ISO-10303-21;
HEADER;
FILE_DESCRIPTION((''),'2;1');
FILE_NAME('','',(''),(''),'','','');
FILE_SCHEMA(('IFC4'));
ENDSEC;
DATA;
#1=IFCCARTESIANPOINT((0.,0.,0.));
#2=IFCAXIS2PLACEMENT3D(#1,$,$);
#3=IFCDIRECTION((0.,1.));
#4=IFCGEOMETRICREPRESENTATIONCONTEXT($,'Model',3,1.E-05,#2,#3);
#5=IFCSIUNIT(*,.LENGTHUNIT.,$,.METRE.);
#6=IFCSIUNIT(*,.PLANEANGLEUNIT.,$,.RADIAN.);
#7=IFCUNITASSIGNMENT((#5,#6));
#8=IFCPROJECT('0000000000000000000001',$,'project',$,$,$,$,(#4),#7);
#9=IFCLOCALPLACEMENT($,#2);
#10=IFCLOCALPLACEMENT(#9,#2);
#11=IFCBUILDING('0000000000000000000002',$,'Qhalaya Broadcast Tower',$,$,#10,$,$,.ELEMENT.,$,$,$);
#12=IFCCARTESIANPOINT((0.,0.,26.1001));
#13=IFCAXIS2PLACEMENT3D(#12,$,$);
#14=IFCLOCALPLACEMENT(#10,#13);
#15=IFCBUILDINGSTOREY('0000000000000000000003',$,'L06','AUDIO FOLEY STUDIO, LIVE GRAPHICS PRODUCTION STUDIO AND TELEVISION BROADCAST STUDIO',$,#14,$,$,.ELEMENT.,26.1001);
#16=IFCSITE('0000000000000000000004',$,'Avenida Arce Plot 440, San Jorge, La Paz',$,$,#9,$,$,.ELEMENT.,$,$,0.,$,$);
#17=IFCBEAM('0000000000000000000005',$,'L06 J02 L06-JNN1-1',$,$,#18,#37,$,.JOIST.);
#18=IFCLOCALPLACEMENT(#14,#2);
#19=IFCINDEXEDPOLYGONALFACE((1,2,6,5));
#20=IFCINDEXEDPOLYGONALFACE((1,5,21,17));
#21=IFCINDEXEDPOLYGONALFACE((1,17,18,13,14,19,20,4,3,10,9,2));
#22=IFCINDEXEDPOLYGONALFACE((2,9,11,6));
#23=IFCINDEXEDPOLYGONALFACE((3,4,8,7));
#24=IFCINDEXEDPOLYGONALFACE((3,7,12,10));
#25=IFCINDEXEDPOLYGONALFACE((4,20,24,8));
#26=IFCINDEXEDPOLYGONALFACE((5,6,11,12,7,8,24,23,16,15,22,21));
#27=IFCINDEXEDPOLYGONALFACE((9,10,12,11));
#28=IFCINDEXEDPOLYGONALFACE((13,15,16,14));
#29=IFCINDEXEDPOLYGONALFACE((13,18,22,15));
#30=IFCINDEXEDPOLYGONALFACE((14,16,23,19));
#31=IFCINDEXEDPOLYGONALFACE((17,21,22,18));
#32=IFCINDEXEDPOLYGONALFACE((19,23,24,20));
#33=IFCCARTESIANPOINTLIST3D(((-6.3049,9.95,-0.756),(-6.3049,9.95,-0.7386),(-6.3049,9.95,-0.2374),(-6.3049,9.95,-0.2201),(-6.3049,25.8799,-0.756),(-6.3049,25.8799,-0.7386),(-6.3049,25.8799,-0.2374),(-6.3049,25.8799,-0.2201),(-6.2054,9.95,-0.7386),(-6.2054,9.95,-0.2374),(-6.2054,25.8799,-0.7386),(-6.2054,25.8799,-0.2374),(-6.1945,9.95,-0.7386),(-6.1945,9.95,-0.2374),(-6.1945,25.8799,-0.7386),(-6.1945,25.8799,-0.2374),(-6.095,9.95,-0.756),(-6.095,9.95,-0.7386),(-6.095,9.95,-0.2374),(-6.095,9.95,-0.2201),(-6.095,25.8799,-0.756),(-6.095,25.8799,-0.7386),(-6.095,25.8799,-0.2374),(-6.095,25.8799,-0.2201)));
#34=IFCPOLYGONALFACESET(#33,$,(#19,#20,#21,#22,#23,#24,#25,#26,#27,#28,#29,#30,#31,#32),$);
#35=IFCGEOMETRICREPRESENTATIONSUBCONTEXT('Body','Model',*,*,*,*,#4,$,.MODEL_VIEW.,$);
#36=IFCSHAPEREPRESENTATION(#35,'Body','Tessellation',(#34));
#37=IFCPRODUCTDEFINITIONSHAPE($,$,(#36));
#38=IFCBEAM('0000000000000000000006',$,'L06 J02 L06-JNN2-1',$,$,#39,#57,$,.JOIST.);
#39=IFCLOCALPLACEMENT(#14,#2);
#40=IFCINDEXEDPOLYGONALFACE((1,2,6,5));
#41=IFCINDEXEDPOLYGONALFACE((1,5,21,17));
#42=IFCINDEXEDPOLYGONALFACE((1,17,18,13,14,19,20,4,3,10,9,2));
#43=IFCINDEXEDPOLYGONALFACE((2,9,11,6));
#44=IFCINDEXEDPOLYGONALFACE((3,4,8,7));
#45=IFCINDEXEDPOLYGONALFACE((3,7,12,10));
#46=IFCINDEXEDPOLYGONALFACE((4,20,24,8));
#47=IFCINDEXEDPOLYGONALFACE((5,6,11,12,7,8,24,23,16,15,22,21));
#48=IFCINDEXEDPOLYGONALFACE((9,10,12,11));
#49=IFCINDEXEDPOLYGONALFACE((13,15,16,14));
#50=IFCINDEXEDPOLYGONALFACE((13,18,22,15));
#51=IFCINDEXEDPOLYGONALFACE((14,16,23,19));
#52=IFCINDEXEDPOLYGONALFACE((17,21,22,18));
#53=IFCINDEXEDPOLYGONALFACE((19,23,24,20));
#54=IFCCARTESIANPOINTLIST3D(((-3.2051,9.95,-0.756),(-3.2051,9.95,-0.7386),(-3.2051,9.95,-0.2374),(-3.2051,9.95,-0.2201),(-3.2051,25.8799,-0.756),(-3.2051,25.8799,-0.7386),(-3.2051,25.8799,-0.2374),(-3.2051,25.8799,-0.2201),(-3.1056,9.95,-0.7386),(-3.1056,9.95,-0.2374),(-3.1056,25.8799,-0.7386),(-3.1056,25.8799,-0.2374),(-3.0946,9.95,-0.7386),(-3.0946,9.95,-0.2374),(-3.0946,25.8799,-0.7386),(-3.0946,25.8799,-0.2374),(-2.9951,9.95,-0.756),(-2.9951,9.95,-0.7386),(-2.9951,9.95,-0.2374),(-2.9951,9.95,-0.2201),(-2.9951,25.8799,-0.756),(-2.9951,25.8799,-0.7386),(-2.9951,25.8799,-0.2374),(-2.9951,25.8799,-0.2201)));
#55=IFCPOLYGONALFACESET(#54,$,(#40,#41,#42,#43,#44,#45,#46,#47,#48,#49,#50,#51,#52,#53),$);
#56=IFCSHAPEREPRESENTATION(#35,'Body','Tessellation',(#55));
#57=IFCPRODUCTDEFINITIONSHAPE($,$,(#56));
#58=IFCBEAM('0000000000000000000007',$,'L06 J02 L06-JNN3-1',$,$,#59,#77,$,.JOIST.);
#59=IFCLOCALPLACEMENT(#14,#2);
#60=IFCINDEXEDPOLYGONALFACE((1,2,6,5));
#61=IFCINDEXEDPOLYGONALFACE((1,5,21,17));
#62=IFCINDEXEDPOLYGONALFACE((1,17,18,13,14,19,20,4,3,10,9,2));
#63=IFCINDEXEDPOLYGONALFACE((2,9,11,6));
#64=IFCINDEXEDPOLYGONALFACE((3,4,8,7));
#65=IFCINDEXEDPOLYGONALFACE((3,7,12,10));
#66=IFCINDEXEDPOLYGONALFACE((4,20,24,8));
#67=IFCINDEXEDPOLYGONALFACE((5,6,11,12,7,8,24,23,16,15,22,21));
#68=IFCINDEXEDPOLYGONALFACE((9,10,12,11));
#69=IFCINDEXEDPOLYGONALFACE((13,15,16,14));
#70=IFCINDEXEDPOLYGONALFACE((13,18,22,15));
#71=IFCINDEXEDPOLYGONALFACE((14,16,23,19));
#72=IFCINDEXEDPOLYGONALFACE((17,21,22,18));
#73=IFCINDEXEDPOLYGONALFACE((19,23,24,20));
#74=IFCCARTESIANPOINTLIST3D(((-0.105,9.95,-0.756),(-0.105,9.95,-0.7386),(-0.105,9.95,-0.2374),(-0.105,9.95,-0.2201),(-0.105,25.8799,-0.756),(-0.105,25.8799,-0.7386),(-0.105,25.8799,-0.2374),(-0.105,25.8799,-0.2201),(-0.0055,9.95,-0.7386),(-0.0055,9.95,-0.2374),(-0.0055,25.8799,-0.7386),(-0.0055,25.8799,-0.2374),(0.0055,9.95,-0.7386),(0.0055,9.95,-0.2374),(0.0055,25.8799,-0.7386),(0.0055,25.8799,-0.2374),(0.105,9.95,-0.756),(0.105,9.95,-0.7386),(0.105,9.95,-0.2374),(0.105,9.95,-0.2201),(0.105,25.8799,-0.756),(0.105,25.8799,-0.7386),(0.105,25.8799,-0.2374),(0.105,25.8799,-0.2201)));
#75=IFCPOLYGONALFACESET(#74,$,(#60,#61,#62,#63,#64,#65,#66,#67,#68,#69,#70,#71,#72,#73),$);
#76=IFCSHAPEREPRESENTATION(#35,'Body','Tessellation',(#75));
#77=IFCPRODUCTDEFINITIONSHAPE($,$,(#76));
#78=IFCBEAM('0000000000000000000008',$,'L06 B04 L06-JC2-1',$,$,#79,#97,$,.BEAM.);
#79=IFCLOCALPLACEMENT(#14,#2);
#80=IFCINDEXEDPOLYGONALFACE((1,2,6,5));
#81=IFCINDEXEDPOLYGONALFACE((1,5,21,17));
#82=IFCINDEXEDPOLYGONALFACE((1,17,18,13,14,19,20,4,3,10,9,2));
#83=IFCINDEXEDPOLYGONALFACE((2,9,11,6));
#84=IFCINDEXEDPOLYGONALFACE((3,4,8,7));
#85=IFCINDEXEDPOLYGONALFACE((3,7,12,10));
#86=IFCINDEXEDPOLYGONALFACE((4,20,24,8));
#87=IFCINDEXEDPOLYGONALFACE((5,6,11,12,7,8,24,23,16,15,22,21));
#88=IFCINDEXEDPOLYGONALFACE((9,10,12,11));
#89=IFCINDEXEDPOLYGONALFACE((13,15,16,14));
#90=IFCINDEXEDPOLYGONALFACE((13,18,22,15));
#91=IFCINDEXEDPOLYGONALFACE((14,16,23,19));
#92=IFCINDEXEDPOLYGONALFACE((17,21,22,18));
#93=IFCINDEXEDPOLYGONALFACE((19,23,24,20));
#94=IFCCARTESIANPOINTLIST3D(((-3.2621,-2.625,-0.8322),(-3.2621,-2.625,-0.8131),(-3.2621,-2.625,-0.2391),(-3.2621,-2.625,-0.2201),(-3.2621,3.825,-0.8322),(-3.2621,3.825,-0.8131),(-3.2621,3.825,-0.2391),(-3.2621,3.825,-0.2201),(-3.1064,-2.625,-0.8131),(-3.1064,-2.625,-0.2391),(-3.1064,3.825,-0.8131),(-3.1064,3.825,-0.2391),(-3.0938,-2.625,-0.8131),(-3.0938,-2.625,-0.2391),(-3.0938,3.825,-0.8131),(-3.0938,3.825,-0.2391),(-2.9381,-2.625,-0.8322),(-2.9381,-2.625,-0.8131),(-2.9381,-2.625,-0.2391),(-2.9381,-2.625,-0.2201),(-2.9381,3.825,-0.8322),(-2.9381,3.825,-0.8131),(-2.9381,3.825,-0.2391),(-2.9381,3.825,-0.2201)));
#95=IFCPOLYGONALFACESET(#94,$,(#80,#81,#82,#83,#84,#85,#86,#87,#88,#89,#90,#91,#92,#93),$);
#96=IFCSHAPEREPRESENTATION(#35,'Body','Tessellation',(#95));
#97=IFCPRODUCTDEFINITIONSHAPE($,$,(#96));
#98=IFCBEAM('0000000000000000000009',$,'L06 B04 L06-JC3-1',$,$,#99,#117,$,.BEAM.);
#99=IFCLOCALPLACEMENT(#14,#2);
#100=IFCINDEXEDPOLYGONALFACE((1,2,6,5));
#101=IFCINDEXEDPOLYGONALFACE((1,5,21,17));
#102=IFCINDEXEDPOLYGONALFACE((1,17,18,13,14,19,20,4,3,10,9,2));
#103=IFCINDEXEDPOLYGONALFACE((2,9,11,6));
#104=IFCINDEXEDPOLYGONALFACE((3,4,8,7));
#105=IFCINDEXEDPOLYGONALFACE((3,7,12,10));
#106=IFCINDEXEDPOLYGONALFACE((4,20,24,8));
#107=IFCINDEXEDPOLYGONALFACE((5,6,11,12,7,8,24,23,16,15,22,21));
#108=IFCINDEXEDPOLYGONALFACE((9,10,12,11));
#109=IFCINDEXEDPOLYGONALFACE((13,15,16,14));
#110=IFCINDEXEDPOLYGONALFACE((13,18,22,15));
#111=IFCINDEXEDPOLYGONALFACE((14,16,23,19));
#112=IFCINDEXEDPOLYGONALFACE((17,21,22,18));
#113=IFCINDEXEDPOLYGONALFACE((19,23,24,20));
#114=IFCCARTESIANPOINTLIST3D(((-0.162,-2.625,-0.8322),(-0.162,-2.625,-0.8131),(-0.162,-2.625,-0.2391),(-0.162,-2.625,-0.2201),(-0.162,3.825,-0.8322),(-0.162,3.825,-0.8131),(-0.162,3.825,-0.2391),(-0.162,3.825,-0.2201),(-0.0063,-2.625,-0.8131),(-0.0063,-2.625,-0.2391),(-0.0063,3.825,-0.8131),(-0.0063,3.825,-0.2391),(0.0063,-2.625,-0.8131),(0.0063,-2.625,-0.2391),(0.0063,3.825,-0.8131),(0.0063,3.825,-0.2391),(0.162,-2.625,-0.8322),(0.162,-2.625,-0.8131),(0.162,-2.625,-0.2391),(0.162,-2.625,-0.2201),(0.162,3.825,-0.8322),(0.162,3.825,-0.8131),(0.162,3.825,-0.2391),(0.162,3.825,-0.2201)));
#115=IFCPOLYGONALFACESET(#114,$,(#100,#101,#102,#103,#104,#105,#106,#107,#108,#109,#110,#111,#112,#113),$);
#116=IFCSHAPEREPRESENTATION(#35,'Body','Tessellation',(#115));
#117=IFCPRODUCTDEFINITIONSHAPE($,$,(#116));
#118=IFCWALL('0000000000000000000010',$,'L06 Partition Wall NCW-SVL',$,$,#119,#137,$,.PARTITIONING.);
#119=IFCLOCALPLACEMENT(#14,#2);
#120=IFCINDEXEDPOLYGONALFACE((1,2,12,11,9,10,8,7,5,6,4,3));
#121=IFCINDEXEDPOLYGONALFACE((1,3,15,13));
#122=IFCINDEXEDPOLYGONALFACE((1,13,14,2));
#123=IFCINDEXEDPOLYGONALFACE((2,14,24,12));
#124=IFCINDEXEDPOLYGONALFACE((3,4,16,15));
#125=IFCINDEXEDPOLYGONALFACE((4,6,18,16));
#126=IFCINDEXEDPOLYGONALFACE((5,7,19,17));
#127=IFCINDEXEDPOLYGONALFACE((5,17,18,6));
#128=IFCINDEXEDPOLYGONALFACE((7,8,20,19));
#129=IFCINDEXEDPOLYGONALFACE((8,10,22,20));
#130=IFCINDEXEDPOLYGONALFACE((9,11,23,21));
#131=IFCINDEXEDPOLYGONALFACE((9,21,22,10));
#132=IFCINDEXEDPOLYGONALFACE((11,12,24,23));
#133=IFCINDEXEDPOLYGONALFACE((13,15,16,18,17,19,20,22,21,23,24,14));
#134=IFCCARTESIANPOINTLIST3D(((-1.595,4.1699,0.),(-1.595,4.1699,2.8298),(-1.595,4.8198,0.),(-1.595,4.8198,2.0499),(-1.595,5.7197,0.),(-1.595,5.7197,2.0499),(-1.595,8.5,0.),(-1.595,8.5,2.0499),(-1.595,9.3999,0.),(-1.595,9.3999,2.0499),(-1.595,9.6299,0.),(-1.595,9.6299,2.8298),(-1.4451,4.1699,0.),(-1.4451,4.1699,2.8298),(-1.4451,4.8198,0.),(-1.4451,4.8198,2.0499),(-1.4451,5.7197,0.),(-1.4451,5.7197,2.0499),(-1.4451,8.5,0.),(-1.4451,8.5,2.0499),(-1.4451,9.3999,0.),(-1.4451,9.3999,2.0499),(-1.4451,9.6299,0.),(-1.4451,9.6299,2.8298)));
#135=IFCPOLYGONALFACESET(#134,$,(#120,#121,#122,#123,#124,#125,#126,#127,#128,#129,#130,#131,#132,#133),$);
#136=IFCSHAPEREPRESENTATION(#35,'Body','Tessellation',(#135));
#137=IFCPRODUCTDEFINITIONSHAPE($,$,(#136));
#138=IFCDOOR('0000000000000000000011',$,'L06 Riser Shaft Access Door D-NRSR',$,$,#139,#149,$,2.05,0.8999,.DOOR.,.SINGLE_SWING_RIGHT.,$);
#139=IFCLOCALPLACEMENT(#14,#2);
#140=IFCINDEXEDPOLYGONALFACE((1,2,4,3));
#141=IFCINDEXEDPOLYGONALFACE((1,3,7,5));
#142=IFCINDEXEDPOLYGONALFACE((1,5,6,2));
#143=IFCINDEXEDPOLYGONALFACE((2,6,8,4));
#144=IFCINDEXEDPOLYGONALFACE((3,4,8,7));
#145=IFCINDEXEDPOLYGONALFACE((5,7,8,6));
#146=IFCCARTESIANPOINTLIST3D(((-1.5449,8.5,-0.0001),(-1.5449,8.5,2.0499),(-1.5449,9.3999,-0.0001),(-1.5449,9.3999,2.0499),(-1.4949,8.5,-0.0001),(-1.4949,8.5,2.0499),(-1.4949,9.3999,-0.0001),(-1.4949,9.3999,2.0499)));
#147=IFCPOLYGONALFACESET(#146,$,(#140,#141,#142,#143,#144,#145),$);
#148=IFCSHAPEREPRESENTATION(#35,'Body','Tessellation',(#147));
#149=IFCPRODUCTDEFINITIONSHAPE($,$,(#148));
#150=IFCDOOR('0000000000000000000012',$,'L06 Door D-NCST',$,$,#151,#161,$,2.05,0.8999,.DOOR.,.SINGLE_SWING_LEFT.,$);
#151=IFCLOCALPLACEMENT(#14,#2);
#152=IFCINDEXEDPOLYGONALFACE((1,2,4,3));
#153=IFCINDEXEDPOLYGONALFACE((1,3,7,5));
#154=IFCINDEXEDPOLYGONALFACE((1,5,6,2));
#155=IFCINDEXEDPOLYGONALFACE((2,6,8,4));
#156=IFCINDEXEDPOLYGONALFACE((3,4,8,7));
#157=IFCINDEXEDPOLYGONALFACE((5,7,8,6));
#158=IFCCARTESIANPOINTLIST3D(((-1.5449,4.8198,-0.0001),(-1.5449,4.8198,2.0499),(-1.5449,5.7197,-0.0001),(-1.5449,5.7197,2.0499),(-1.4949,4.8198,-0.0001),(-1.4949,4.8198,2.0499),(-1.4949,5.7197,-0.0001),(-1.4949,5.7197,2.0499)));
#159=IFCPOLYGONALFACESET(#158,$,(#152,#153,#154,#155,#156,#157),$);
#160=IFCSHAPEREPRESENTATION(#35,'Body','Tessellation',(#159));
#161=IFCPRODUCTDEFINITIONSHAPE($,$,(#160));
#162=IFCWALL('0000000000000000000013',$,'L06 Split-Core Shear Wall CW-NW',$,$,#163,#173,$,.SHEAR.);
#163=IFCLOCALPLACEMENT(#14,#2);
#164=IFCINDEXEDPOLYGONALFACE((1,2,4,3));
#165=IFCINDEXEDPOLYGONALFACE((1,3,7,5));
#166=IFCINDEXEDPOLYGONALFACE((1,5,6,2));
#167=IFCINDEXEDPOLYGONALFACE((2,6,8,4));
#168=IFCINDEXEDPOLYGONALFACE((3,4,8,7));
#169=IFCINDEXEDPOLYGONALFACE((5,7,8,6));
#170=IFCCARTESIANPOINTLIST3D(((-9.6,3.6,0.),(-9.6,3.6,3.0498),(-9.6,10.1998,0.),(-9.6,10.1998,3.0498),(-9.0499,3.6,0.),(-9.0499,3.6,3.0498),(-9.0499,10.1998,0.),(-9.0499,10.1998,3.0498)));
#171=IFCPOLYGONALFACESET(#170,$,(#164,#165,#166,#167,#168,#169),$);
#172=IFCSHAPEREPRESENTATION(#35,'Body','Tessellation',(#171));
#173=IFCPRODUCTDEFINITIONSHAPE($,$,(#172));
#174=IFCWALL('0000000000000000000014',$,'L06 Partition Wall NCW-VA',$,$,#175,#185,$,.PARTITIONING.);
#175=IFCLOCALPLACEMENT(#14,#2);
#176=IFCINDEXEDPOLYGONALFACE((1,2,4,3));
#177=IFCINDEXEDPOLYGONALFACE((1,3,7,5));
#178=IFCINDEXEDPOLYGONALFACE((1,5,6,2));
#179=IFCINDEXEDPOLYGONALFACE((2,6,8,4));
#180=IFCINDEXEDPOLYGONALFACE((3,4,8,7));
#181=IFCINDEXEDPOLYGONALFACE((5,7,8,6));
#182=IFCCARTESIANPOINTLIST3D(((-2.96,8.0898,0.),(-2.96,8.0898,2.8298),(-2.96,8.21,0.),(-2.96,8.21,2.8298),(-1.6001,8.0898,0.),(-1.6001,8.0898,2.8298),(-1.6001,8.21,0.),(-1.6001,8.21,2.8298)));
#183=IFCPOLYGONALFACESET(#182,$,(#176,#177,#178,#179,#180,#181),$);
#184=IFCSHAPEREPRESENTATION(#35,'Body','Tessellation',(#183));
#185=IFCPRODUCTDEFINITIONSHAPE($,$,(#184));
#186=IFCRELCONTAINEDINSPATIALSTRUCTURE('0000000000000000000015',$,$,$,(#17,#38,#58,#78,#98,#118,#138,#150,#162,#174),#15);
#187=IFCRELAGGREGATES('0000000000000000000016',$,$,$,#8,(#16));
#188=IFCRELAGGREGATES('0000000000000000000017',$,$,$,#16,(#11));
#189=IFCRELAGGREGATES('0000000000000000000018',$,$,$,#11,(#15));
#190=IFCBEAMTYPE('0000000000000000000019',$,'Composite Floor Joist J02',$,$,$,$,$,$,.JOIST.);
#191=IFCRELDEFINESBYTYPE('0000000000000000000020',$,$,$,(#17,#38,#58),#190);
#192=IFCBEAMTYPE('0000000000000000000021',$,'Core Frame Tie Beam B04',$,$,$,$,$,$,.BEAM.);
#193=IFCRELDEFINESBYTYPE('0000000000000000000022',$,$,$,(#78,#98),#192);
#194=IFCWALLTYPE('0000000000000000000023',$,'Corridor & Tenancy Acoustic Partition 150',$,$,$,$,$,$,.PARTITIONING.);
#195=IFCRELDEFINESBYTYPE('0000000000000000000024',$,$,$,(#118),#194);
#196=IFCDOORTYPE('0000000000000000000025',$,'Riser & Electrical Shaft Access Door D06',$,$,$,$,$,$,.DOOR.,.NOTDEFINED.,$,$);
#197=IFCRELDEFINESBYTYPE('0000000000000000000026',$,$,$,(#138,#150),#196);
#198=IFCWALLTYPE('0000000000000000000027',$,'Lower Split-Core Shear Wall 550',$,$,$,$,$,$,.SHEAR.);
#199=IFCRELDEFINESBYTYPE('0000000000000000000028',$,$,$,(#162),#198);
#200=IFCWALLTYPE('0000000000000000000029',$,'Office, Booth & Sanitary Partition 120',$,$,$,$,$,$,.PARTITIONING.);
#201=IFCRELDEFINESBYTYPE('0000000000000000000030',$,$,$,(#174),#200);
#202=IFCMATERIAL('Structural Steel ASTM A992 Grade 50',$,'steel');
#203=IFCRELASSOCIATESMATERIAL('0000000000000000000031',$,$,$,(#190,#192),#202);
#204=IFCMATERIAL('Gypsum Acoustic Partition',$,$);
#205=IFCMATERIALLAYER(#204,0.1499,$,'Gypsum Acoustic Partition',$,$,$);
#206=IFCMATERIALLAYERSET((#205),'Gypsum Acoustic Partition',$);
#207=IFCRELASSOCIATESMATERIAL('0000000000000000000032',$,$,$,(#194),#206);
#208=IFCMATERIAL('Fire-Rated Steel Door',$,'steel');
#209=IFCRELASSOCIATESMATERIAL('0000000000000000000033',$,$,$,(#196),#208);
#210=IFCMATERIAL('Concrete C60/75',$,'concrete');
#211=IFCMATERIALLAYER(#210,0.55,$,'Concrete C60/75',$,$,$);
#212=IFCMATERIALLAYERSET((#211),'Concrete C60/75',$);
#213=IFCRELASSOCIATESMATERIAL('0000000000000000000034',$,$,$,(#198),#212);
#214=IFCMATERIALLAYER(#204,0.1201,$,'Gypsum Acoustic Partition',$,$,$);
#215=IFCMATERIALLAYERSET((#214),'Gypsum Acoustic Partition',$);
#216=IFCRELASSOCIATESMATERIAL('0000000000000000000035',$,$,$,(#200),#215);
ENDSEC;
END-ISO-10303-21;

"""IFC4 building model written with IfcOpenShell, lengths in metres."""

from ifc_helpers import new_model, si_unit, direction, frame, frame_2d, origin, origin_2d, place, context, subcontext, project, spatial, rectangle, i_section, extrude, material, layer, layer_set, material_profile, profile_set, type_object, element, fill, save


model = new_model("IFC4")

# Units and contexts
model_context = context("Model", 3, precision=1e-05, world=origin(), true_north=direction((0.0, 1.0)))
body_context = subcontext(model_context, "Body", "Model", "MODEL_VIEW")
ifc_project = project(units=[si_unit("LENGTHUNIT", "METRE"), si_unit("PLANEANGLEUNIT", "RADIAN")], contexts=[model_context])

# Site, building, storey
site_placement = place(None, origin())
site = spatial("IfcSite", under=ifc_project, at=site_placement, Name="Avenida Arce Plot 440, San Jorge, La Paz", CompositionType="ELEMENT", RefElevation=0.0)
building_placement = place(site_placement, origin())
building = spatial("IfcBuilding", under=site, at=building_placement, Name="Qhalaya Broadcast Tower", CompositionType="ELEMENT")
storey_placement = place(building_placement, frame((0.0, 0.0, 26.1001)))
storey = spatial("IfcBuildingStorey", under=building, at=storey_placement, Name="L06", Description="AUDIO FOLEY STUDIO, LIVE GRAPHICS PRODUCTION STUDIO AND TELEVISION BROADCAST STUDIO", CompositionType="ELEMENT", Elevation=26.1001)

# Beams
ifc_material_1 = material(Name="Structural Steel ASTM A992 Grade 50", Category="steel")
ifc_material_profile_1 = material_profile(ifc_material_1, i_section(OverallWidth=0.21, OverallDepth=0.5359, WebThickness=0.011, FlangeThickness=0.0173, at=origin_2d()), Name="W21X68")
ifc_profile_set_1 = profile_set([ifc_material_profile_1], Name="Structural Steel ASTM A992 Grade 50")
beam_type_1 = type_object("IfcBeamType", Name="Composite Floor Joist J02", PredefinedType="JOIST", material=ifc_profile_set_1)
for number, where, z_axis, x_axis, name in (
    (1, (-6.2, 9.95, -0.488), (0.0, 1.0, 0.0), (-1.0, 0.0, 0.0), "L06 J02 L06-JNN1-1"),
    (2, (-3.1001, 9.95, -0.488), (0.0, 1.0, 0.0), (-1.0, 0.0, 0.0), "L06 J02 L06-JNN2-1"),
    (3, (0.0, 9.95, -0.488), (0.0, 1.0, 0.0), (-1.0, 0.0, 0.0), "L06 J02 L06-JNN3-1"),
):
    element("IfcBeam", number, at=place(storey_placement, frame(where, z_axis=z_axis, x_axis=x_axis)), inside=storey, type_object=beam_type_1, Name=name, PredefinedType="JOIST", context=body_context, shape_type="SweptSolid", body=[
        extrude(i_section(OverallWidth=0.21, OverallDepth=0.5359, WebThickness=0.011, FlangeThickness=0.0173, at=origin_2d()), origin(), (0.0, 0.0, 1.0), 15.9299),
    ])
ifc_material_profile_2 = material_profile(ifc_material_1, i_section(OverallWidth=0.324, OverallDepth=0.6121, WebThickness=0.0127, FlangeThickness=0.019, at=origin_2d()), Name="W24X104")
ifc_profile_set_2 = profile_set([ifc_material_profile_2], Name="Structural Steel ASTM A992 Grade 50")
beam_type_2 = type_object("IfcBeamType", Name="Core Frame Tie Beam B04", PredefinedType="BEAM", material=ifc_profile_set_2)
for number, where, z_axis, x_axis, name in (
    (4, (-3.1001, -2.625, -0.5261), (0.0, 1.0, 0.0), (-1.0, 0.0, 0.0), "L06 B04 L06-JC2-1"),
    (5, (0.0, -2.625, -0.5261), (0.0, 1.0, 0.0), (-1.0, 0.0, 0.0), "L06 B04 L06-JC3-1"),
):
    element("IfcBeam", number, at=place(storey_placement, frame(where, z_axis=z_axis, x_axis=x_axis)), inside=storey, type_object=beam_type_2, Name=name, PredefinedType="BEAM", context=body_context, shape_type="SweptSolid", body=[
        extrude(i_section(OverallWidth=0.324, OverallDepth=0.6121, WebThickness=0.0127, FlangeThickness=0.019, at=origin_2d()), origin(), (0.0, 0.0, 1.0), 6.45),
    ])

# Wall, openings, doors
ifc_material_2 = material(Name="Gypsum Acoustic Partition")
ifc_layer_1 = layer(ifc_material_2, 0.1499, Name="Gypsum Acoustic Partition")
ifc_layer_set_1 = layer_set([ifc_layer_1], Name="Gypsum Acoustic Partition")
wall_type_1 = type_object("IfcWallType", Name="Corridor & Tenancy Acoustic Partition 150", PredefinedType="PARTITIONING", material=ifc_layer_set_1)
wall_1_placement = place(storey_placement, frame((-1.52, 4.1699, 0.0), z_axis=(0.0, 0.0, 1.0), x_axis=(0.0, 1.0, 0.0)))
wall_1 = element("IfcWall", 6, at=wall_1_placement, inside=storey, type_object=wall_type_1, Name="L06 Partition Wall NCW-SVL", PredefinedType="PARTITIONING", context=body_context, shape_type="SweptSolid", body=[
    extrude(rectangle(XDim=5.46, YDim=0.1499, at=frame_2d((2.73, 0.0))), origin(), (0.0, 0.0, 1.0), 2.8298),
])
opening_1_placement = place(wall_1_placement, frame((4.3301, 0.0, 0.0)))
opening_1 = element("IfcOpeningElement", 7, at=opening_1_placement, cuts=wall_1, PredefinedType="OPENING", context=body_context, shape_type="SweptSolid", body=[
    extrude(rectangle(XDim=0.8999, YDim=2.05, at=frame_2d((0.45, 1.0249))), frame((0.0, 0.0869, 0.0), z_axis=(0.0, -1.0, 0.0), x_axis=(1.0, 0.0, 0.0)), (0.0, 0.0, 1.0), 0.1738),
])
opening_2_placement = place(wall_1_placement, frame((0.6499, 0.0, 0.0)))
opening_2 = element("IfcOpeningElement", 8, at=opening_2_placement, cuts=wall_1, PredefinedType="OPENING", context=body_context, shape_type="SweptSolid", body=[
    extrude(rectangle(XDim=0.8999, YDim=2.05, at=frame_2d((0.45, 1.0249))), frame((0.0, 0.0869, 0.0), z_axis=(0.0, -1.0, 0.0), x_axis=(1.0, 0.0, 0.0)), (0.0, 0.0, 1.0), 0.1738),
])
ifc_material_3 = material(Name="Fire-Rated Steel Door", Category="steel")
door_type_1 = type_object("IfcDoorType", Name="Riser & Electrical Shaft Access Door D06", OperationType="NOTDEFINED", PredefinedType="DOOR", material=ifc_material_3)
door_1_placement = place(opening_1_placement, origin())
door_1 = element("IfcDoor", 9, at=door_1_placement, inside=storey, type_object=door_type_1, Name="L06 Riser Shaft Access Door D-NRSR", OperationType="SINGLE_SWING_RIGHT", OverallHeight=2.05, OverallWidth=0.8999, PredefinedType="DOOR", context=body_context, shape_type="SweptSolid", body=[
    extrude(rectangle(XDim=0.8999, YDim=2.05, at=frame_2d((0.45, 1.0249))), frame((0.0, 0.0249, 0.0), z_axis=(0.0, -1.0, 0.0), x_axis=(1.0, 0.0, 0.0)), (0.0, 0.0, 1.0), 0.05),
])
fill(opening_1, door_1)
door_2_placement = place(opening_2_placement, origin())
door_2 = element("IfcDoor", 10, at=door_2_placement, inside=storey, type_object=door_type_1, Name="L06 Door D-NCST", OperationType="SINGLE_SWING_LEFT", OverallHeight=2.05, OverallWidth=0.8999, PredefinedType="DOOR", context=body_context, shape_type="SweptSolid", body=[
    extrude(rectangle(XDim=0.8999, YDim=2.05, at=frame_2d((0.45, 1.0249))), frame((0.0, 0.0249, 0.0), z_axis=(0.0, -1.0, 0.0), x_axis=(1.0, 0.0, 0.0)), (0.0, 0.0, 1.0), 0.05),
])
fill(opening_2, door_2)

# Walls
ifc_material_4 = material(Name="Concrete C60/75", Category="concrete")
ifc_layer_2 = layer(ifc_material_4, 0.55, Name="Concrete C60/75")
ifc_layer_set_2 = layer_set([ifc_layer_2], Name="Concrete C60/75")
wall_type_2 = type_object("IfcWallType", Name="Lower Split-Core Shear Wall 550", PredefinedType="SHEAR", material=ifc_layer_set_2)
wall_2_placement = place(storey_placement, frame((-9.325, 3.6001, 0.0), z_axis=(0.0, 0.0, 1.0), x_axis=(0.0, 1.0, 0.0)))
element("IfcWall", 11, at=wall_2_placement, inside=storey, type_object=wall_type_2, Name="L06 Split-Core Shear Wall CW-NW", PredefinedType="SHEAR", context=body_context, shape_type="SweptSolid", body=[
    extrude(rectangle(XDim=6.5999, YDim=0.55, at=frame_2d((3.2998, 0.0))), origin(), (0.0, 0.0, 1.0), 3.0498),
])
ifc_layer_3 = layer(ifc_material_2, 0.1201, Name="Gypsum Acoustic Partition")
ifc_layer_set_3 = layer_set([ifc_layer_3], Name="Gypsum Acoustic Partition")
wall_type_3 = type_object("IfcWallType", Name="Office, Booth & Sanitary Partition 120", PredefinedType="PARTITIONING", material=ifc_layer_set_3)
wall_3_placement = place(storey_placement, frame((-2.96, 8.1499, 0.0), z_axis=(0.0, 0.0, 1.0), x_axis=(1.0, 0.0, 0.0)))
element("IfcWall", 12, at=wall_3_placement, inside=storey, type_object=wall_type_3, Name="L06 Partition Wall NCW-VA", PredefinedType="PARTITIONING", context=body_context, shape_type="SweptSolid", body=[
    extrude(rectangle(XDim=1.3599, YDim=0.1201, at=frame_2d((0.6799, 0.0))), origin(), (0.0, 0.0, 1.0), 2.8298),
])

save(model, "model.ifc")
